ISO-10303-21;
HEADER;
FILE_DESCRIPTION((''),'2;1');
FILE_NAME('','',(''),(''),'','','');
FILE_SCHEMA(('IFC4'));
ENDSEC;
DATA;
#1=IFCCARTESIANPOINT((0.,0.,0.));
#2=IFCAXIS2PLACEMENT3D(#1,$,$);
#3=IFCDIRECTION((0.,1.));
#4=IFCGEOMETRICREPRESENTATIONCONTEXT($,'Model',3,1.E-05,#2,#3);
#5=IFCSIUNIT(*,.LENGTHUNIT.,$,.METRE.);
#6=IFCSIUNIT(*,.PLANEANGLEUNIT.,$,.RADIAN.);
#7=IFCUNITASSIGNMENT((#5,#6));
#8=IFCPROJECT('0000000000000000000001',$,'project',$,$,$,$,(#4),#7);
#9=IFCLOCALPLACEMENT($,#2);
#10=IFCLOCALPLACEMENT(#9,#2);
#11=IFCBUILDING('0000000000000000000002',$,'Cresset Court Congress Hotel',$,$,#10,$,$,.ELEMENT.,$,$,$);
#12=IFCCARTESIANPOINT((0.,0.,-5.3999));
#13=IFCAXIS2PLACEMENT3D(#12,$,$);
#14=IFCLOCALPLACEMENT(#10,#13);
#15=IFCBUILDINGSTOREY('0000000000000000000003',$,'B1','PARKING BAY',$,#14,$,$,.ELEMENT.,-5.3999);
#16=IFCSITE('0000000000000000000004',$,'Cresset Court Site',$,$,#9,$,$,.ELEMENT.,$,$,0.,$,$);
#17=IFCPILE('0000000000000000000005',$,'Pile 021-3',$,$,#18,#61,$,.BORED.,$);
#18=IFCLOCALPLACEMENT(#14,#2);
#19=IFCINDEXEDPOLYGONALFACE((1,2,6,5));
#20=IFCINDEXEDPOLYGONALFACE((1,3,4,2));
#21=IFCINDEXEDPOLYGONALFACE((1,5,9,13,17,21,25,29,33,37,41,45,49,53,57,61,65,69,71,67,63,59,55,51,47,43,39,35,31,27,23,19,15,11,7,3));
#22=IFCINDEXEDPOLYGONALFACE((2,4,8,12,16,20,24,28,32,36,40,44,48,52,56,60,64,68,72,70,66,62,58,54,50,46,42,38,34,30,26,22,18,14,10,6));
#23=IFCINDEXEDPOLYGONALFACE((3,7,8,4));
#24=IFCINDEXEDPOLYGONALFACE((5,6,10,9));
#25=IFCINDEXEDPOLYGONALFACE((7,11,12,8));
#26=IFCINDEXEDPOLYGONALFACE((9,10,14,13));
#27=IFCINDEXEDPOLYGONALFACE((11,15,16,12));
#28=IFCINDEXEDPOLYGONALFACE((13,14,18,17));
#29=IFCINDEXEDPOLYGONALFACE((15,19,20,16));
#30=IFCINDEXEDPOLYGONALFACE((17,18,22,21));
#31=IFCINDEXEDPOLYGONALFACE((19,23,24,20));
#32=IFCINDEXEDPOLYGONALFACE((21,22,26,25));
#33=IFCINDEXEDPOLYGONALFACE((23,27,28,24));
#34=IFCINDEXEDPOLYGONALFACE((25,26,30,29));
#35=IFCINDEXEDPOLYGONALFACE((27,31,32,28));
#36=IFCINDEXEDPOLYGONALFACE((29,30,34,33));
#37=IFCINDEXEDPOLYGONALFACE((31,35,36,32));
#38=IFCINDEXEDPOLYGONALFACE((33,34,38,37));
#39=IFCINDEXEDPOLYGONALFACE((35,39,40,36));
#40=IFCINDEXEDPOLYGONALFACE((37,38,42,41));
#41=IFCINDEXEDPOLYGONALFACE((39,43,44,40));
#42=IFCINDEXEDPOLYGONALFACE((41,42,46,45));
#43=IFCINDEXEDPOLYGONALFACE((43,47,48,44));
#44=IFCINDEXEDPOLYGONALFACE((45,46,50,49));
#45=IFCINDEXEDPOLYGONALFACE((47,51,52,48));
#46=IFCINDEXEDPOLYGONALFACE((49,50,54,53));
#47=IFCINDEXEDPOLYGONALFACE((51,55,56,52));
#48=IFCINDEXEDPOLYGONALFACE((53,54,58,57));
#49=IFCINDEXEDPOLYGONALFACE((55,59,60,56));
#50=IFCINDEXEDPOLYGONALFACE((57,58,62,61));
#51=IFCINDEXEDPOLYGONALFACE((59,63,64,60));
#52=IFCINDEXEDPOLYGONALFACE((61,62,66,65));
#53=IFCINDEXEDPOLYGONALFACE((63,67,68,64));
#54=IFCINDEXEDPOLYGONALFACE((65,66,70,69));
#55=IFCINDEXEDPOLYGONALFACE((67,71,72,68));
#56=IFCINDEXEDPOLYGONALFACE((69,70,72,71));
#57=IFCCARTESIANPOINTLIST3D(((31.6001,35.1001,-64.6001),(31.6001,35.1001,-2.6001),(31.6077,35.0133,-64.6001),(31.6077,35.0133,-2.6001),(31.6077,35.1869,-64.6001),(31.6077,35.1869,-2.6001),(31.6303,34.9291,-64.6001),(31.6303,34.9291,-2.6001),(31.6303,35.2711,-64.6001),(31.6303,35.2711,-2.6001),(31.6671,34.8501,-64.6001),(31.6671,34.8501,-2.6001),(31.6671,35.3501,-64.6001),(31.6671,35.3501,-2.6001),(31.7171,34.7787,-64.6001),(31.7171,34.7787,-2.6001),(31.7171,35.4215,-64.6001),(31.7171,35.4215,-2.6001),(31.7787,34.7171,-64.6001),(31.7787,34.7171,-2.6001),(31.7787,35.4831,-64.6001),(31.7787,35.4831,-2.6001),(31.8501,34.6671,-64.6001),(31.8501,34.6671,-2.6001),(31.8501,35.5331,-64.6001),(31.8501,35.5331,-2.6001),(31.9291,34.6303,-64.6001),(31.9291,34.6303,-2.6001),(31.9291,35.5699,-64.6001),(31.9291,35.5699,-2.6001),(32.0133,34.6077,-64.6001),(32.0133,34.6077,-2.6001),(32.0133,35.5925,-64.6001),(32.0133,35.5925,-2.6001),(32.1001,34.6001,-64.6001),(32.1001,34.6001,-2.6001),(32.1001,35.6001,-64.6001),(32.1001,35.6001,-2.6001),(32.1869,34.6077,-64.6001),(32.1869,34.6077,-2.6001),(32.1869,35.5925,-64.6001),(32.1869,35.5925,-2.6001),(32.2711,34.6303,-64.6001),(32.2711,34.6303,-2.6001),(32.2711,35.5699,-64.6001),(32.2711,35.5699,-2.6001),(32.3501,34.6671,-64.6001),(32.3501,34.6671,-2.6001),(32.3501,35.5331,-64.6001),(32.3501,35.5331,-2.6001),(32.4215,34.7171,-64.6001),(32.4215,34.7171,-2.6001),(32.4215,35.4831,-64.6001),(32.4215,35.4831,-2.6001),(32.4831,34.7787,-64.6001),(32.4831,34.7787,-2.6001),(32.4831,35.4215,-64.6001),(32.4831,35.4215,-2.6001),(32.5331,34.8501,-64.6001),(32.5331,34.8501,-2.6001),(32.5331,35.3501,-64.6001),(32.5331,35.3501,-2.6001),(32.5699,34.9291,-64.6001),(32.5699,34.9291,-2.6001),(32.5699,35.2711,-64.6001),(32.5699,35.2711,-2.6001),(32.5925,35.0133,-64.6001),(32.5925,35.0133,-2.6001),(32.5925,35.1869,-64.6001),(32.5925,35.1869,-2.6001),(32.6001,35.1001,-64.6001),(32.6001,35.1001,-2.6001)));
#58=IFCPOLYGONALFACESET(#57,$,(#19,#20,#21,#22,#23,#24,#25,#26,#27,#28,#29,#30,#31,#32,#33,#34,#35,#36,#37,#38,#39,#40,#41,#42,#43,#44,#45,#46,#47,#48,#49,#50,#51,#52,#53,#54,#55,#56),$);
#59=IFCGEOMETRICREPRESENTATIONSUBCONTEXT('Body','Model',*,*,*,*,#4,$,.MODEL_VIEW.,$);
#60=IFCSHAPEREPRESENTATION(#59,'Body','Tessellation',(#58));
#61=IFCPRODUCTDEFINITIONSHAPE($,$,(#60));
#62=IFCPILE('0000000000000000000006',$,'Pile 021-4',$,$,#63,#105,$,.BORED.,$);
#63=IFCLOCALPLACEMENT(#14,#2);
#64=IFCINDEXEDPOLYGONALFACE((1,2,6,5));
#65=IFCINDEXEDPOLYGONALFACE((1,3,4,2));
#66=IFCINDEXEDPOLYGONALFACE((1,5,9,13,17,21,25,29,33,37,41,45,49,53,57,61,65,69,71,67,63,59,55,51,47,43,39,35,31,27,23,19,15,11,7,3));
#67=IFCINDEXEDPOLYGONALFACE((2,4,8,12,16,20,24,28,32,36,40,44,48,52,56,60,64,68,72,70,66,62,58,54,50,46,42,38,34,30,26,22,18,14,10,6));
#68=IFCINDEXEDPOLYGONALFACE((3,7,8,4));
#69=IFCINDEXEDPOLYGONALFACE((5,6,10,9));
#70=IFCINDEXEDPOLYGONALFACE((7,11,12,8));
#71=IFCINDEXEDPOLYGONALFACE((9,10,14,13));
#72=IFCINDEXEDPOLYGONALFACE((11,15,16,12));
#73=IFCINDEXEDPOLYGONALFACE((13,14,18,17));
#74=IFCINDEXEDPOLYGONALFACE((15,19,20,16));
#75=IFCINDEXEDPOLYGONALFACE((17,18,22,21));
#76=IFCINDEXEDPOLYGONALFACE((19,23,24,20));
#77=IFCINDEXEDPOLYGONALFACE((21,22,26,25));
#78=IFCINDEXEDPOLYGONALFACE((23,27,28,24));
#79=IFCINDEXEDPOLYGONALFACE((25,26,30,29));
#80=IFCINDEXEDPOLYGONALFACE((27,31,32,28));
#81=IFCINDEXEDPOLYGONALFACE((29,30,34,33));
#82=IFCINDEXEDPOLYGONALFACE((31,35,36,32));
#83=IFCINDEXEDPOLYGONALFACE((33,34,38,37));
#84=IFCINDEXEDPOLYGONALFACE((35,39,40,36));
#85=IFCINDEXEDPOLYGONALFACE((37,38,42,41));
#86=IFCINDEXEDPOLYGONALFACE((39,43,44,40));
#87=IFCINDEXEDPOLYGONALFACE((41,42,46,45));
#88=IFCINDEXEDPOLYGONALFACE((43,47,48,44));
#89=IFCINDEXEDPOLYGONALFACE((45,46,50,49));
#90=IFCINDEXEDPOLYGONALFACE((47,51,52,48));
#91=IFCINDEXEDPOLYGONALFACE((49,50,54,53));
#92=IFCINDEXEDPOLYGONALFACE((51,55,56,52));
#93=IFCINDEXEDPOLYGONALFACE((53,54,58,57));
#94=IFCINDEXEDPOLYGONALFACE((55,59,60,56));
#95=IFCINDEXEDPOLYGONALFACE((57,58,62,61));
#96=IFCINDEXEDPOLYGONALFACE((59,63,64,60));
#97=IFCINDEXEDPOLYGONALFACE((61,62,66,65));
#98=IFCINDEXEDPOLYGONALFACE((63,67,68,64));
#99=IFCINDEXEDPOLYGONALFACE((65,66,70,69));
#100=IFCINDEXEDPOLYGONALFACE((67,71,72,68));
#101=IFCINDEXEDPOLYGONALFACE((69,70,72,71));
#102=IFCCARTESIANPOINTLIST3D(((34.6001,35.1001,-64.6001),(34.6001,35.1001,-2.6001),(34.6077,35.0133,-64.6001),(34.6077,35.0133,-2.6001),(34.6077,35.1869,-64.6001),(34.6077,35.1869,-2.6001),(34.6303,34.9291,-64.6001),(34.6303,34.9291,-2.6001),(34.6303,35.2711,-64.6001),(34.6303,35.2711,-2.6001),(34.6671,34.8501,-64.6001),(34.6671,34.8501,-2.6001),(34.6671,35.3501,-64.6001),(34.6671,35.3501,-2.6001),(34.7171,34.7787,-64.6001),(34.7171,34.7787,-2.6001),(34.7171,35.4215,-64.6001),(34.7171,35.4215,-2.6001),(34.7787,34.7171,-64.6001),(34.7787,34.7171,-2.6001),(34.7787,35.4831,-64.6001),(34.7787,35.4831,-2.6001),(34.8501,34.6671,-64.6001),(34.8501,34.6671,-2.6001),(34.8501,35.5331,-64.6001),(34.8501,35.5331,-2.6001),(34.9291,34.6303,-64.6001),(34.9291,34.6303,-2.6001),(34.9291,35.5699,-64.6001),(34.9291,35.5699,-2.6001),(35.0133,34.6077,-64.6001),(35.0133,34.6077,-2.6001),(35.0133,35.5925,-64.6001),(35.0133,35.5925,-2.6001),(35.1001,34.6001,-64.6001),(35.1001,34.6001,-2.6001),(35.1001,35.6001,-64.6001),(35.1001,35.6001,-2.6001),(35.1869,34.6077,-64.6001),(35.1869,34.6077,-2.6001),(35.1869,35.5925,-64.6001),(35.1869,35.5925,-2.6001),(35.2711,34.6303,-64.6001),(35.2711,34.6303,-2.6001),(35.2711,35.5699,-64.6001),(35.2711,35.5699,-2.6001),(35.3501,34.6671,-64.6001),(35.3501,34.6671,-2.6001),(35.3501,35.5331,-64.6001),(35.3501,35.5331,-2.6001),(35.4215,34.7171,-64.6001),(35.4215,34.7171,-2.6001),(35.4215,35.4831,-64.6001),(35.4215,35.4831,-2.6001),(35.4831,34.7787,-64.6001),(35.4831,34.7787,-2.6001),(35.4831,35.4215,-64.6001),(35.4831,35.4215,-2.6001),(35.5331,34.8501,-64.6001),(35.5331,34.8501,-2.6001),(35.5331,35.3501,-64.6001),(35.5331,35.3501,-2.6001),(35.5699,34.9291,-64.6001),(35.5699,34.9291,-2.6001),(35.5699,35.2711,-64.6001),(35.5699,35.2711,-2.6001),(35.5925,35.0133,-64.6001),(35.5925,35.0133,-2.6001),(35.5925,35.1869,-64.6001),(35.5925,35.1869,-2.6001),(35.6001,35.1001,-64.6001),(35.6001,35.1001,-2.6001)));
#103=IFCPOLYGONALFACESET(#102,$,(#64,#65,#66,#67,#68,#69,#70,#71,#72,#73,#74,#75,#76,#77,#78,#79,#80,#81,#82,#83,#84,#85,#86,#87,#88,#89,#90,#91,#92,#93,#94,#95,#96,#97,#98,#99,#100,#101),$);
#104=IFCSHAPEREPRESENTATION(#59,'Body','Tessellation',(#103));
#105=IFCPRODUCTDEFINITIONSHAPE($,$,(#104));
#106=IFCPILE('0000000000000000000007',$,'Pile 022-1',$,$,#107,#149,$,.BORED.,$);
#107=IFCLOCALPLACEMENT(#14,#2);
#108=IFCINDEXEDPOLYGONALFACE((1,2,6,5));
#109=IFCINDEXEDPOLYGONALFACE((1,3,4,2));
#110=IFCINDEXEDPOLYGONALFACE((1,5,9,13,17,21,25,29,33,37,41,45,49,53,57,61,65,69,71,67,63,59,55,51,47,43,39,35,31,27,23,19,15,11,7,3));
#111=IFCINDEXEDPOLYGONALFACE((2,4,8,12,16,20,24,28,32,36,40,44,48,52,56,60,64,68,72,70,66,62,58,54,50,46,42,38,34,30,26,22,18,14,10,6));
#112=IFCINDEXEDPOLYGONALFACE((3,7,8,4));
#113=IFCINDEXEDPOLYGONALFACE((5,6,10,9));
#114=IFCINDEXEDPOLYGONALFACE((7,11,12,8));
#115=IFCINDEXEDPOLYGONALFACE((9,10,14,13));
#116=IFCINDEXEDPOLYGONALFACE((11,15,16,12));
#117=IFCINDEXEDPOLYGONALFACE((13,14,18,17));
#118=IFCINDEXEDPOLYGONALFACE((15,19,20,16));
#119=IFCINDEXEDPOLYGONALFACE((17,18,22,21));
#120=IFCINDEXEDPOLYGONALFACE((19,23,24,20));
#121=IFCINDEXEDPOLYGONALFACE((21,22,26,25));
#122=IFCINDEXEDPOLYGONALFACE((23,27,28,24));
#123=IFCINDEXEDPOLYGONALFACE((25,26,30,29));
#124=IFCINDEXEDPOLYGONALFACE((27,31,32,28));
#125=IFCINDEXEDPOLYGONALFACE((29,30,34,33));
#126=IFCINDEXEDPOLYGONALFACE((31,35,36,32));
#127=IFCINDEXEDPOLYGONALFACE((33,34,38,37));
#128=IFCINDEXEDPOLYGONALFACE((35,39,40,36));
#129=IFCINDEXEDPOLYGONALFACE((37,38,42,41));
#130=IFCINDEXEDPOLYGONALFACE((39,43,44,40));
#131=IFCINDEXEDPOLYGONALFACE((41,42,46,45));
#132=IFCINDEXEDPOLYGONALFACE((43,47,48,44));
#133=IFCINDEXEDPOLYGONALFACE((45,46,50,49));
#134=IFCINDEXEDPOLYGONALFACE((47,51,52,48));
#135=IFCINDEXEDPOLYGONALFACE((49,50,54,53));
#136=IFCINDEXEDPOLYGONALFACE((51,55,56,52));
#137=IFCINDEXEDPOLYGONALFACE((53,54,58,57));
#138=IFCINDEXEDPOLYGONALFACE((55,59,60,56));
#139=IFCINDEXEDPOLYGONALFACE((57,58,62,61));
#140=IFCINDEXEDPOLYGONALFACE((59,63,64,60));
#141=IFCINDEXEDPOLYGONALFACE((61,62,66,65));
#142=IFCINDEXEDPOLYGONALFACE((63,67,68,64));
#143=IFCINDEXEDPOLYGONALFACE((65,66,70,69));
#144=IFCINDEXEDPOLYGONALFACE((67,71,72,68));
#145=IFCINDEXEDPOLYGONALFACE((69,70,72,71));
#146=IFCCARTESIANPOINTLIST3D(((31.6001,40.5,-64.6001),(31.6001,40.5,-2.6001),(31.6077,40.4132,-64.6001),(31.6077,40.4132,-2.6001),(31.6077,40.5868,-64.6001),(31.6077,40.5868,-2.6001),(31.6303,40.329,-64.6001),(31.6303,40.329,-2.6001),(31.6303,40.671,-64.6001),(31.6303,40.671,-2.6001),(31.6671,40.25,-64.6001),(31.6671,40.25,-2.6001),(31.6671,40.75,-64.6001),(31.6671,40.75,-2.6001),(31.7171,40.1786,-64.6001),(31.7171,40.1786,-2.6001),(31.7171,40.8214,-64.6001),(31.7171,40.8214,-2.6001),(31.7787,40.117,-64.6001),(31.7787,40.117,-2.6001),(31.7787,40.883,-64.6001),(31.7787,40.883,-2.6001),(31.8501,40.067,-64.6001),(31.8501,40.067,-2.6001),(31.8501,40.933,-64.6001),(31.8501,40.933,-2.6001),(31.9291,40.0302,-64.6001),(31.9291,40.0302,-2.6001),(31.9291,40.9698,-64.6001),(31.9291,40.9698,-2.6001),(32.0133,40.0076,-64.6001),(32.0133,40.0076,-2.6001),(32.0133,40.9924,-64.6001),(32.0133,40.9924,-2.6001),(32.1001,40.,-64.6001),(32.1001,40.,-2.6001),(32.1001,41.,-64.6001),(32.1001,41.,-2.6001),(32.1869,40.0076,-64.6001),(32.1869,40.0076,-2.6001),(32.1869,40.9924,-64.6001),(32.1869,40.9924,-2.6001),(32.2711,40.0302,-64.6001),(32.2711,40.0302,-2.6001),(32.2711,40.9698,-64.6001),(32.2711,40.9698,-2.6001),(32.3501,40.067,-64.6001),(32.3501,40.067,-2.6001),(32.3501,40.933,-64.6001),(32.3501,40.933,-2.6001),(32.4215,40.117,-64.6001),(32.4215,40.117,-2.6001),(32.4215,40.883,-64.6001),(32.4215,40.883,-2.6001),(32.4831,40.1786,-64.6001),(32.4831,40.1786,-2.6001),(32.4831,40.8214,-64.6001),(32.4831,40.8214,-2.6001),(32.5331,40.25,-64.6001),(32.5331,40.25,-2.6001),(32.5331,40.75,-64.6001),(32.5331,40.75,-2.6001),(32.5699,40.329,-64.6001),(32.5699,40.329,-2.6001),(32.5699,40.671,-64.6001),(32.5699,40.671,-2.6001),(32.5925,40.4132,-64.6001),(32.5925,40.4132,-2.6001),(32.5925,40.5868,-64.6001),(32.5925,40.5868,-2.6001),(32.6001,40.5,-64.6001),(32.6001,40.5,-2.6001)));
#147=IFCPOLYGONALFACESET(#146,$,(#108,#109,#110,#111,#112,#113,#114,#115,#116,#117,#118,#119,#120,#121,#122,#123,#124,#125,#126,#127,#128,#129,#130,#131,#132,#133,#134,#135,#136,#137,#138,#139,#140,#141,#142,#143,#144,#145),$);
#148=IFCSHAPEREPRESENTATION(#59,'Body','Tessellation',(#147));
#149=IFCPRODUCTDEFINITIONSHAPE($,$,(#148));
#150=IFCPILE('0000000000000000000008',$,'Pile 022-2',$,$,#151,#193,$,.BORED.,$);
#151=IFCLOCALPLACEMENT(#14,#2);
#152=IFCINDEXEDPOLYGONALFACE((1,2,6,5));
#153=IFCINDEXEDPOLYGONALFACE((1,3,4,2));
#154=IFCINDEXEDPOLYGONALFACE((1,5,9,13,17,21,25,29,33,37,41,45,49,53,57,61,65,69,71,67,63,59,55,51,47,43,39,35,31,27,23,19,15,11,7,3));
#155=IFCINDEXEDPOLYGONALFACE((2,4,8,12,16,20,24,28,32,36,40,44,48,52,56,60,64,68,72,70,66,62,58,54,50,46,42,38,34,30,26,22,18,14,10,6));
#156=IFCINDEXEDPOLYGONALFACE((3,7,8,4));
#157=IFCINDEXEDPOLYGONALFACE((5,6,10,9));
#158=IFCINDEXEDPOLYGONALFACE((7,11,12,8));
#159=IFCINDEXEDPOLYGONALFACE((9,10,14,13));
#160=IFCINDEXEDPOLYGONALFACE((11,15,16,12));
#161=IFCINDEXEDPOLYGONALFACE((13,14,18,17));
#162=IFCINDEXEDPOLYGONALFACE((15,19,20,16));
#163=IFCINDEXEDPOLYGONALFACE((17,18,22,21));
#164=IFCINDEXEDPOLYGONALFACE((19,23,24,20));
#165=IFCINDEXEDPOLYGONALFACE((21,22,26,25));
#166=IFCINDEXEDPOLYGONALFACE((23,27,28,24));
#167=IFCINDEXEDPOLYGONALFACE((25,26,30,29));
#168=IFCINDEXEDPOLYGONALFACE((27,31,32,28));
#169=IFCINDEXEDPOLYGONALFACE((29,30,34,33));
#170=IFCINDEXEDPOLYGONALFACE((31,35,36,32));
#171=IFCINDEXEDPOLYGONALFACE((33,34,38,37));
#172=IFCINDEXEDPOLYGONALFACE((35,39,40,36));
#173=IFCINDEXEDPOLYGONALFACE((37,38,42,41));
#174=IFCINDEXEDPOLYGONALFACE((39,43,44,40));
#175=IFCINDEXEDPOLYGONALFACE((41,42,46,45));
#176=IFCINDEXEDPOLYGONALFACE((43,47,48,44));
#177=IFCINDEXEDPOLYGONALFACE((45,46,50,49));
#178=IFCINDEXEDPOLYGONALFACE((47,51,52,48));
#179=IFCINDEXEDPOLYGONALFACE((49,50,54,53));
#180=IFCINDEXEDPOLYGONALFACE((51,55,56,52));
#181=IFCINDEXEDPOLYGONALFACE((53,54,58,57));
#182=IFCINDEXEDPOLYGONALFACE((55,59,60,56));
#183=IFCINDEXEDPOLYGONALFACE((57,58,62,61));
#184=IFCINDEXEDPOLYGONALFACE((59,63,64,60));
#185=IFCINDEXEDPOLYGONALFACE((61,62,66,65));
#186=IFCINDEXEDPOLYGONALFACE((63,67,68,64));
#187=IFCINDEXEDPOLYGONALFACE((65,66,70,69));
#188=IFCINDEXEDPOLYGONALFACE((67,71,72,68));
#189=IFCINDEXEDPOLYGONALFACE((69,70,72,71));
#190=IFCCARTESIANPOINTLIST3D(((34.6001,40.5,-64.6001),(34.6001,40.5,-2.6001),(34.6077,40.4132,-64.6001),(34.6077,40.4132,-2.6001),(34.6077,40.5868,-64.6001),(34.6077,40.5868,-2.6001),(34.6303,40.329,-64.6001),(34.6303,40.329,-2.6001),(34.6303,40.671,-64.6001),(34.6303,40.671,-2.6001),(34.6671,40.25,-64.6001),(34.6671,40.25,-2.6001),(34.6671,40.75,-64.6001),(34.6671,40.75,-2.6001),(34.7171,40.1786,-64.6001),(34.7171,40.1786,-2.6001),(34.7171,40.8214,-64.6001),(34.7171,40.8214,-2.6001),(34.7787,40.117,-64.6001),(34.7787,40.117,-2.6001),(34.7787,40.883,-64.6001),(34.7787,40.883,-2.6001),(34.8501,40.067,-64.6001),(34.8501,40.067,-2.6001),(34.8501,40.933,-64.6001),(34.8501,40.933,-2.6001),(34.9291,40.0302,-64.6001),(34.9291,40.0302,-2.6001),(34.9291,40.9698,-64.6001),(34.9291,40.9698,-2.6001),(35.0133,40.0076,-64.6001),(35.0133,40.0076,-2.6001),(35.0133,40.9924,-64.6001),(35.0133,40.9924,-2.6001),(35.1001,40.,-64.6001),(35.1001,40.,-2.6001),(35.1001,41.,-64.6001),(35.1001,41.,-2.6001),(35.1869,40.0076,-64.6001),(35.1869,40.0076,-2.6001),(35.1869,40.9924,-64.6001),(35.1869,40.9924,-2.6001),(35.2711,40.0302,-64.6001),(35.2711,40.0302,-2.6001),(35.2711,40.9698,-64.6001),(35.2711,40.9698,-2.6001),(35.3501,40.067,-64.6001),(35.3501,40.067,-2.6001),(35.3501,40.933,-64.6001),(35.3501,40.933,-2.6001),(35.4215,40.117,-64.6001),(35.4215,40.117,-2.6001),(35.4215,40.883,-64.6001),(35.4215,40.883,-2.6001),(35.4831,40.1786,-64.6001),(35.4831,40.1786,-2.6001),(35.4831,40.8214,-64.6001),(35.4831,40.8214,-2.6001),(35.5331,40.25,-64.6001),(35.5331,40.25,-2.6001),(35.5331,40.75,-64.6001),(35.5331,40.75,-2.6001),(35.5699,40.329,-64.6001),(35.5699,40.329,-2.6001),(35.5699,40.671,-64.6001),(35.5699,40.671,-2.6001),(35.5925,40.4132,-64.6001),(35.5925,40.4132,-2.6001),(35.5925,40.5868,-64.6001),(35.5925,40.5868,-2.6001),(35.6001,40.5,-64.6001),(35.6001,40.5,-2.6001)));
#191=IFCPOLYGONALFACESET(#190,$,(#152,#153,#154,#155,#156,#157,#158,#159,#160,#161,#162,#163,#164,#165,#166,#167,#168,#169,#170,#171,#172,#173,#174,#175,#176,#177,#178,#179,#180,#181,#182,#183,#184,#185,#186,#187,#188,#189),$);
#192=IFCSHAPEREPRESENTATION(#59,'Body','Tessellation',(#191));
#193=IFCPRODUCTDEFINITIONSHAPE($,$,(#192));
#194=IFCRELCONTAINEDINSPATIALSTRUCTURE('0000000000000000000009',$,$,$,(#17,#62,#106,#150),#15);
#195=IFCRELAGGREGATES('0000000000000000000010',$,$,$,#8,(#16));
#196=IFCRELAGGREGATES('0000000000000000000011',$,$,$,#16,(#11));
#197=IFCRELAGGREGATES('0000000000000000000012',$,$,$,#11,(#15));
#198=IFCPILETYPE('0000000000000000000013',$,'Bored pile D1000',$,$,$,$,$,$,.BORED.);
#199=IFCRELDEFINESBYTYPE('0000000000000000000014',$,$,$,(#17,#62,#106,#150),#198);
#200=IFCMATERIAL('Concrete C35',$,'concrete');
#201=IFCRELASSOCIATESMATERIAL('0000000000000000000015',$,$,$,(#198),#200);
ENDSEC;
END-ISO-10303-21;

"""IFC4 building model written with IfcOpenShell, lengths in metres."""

from ifc_helpers import new_model, si_unit, direction, frame, origin, origin_2d, place, context, subcontext, project, spatial, circle, extrude, material, type_object, element, save


model = new_model("IFC4")

# Units and contexts
model_context = context("Model", 3, precision=1e-05, world=origin(), true_north=direction((0.0, 1.0)))
body_context = subcontext(model_context, "Body", "Model", "MODEL_VIEW")
ifc_project = project(units=[si_unit("LENGTHUNIT", "METRE"), si_unit("PLANEANGLEUNIT", "RADIAN")], contexts=[model_context])

# Site, building, storey
site_placement = place(None, origin())
site = spatial("IfcSite", under=ifc_project, at=site_placement, Name="Cresset Court Site", CompositionType="ELEMENT", RefElevation=0.0)
building_placement = place(site_placement, origin())
building = spatial("IfcBuilding", under=site, at=building_placement, Name="Cresset Court Congress Hotel", CompositionType="ELEMENT")
storey_placement = place(building_placement, frame((0.0, 0.0, -5.3999)))
storey = spatial("IfcBuildingStorey", under=building, at=storey_placement, Name="B1", Description="PARKING BAY", CompositionType="ELEMENT", Elevation=-5.3999)

# Piles
ifc_material_1 = material(Name="Concrete C35", Category="concrete")
pile_type = type_object("IfcPileType", Name="Bored pile D1000", PredefinedType="BORED", material=ifc_material_1)
for number, where, z_axis, x_axis, name in (
    (1, (32.1001, 35.1001, -2.6001), (0.0, 0.0, -1.0), (1.0, 0.0, 0.0), "Pile 021-3"),
    (2, (35.1001, 35.1001, -2.6001), (0.0, 0.0, -1.0), (1.0, 0.0, 0.0), "Pile 021-4"),
    (3, (32.1001, 40.5, -2.6001), (0.0, 0.0, -1.0), (1.0, 0.0, 0.0), "Pile 022-1"),
    (4, (35.1001, 40.5, -2.6001), (0.0, 0.0, -1.0), (1.0, 0.0, 0.0), "Pile 022-2"),
):
    element("IfcPile", number, at=place(storey_placement, frame(where, z_axis=z_axis, x_axis=x_axis)), inside=storey, type_object=pile_type, Name=name, PredefinedType="BORED", context=body_context, shape_type="SweptSolid", body=[
        extrude(circle(Radius=0.5, at=origin_2d()), origin(), (0.0, 0.0, 1.0), 62.0),
    ])

save(model, "model.ifc")
